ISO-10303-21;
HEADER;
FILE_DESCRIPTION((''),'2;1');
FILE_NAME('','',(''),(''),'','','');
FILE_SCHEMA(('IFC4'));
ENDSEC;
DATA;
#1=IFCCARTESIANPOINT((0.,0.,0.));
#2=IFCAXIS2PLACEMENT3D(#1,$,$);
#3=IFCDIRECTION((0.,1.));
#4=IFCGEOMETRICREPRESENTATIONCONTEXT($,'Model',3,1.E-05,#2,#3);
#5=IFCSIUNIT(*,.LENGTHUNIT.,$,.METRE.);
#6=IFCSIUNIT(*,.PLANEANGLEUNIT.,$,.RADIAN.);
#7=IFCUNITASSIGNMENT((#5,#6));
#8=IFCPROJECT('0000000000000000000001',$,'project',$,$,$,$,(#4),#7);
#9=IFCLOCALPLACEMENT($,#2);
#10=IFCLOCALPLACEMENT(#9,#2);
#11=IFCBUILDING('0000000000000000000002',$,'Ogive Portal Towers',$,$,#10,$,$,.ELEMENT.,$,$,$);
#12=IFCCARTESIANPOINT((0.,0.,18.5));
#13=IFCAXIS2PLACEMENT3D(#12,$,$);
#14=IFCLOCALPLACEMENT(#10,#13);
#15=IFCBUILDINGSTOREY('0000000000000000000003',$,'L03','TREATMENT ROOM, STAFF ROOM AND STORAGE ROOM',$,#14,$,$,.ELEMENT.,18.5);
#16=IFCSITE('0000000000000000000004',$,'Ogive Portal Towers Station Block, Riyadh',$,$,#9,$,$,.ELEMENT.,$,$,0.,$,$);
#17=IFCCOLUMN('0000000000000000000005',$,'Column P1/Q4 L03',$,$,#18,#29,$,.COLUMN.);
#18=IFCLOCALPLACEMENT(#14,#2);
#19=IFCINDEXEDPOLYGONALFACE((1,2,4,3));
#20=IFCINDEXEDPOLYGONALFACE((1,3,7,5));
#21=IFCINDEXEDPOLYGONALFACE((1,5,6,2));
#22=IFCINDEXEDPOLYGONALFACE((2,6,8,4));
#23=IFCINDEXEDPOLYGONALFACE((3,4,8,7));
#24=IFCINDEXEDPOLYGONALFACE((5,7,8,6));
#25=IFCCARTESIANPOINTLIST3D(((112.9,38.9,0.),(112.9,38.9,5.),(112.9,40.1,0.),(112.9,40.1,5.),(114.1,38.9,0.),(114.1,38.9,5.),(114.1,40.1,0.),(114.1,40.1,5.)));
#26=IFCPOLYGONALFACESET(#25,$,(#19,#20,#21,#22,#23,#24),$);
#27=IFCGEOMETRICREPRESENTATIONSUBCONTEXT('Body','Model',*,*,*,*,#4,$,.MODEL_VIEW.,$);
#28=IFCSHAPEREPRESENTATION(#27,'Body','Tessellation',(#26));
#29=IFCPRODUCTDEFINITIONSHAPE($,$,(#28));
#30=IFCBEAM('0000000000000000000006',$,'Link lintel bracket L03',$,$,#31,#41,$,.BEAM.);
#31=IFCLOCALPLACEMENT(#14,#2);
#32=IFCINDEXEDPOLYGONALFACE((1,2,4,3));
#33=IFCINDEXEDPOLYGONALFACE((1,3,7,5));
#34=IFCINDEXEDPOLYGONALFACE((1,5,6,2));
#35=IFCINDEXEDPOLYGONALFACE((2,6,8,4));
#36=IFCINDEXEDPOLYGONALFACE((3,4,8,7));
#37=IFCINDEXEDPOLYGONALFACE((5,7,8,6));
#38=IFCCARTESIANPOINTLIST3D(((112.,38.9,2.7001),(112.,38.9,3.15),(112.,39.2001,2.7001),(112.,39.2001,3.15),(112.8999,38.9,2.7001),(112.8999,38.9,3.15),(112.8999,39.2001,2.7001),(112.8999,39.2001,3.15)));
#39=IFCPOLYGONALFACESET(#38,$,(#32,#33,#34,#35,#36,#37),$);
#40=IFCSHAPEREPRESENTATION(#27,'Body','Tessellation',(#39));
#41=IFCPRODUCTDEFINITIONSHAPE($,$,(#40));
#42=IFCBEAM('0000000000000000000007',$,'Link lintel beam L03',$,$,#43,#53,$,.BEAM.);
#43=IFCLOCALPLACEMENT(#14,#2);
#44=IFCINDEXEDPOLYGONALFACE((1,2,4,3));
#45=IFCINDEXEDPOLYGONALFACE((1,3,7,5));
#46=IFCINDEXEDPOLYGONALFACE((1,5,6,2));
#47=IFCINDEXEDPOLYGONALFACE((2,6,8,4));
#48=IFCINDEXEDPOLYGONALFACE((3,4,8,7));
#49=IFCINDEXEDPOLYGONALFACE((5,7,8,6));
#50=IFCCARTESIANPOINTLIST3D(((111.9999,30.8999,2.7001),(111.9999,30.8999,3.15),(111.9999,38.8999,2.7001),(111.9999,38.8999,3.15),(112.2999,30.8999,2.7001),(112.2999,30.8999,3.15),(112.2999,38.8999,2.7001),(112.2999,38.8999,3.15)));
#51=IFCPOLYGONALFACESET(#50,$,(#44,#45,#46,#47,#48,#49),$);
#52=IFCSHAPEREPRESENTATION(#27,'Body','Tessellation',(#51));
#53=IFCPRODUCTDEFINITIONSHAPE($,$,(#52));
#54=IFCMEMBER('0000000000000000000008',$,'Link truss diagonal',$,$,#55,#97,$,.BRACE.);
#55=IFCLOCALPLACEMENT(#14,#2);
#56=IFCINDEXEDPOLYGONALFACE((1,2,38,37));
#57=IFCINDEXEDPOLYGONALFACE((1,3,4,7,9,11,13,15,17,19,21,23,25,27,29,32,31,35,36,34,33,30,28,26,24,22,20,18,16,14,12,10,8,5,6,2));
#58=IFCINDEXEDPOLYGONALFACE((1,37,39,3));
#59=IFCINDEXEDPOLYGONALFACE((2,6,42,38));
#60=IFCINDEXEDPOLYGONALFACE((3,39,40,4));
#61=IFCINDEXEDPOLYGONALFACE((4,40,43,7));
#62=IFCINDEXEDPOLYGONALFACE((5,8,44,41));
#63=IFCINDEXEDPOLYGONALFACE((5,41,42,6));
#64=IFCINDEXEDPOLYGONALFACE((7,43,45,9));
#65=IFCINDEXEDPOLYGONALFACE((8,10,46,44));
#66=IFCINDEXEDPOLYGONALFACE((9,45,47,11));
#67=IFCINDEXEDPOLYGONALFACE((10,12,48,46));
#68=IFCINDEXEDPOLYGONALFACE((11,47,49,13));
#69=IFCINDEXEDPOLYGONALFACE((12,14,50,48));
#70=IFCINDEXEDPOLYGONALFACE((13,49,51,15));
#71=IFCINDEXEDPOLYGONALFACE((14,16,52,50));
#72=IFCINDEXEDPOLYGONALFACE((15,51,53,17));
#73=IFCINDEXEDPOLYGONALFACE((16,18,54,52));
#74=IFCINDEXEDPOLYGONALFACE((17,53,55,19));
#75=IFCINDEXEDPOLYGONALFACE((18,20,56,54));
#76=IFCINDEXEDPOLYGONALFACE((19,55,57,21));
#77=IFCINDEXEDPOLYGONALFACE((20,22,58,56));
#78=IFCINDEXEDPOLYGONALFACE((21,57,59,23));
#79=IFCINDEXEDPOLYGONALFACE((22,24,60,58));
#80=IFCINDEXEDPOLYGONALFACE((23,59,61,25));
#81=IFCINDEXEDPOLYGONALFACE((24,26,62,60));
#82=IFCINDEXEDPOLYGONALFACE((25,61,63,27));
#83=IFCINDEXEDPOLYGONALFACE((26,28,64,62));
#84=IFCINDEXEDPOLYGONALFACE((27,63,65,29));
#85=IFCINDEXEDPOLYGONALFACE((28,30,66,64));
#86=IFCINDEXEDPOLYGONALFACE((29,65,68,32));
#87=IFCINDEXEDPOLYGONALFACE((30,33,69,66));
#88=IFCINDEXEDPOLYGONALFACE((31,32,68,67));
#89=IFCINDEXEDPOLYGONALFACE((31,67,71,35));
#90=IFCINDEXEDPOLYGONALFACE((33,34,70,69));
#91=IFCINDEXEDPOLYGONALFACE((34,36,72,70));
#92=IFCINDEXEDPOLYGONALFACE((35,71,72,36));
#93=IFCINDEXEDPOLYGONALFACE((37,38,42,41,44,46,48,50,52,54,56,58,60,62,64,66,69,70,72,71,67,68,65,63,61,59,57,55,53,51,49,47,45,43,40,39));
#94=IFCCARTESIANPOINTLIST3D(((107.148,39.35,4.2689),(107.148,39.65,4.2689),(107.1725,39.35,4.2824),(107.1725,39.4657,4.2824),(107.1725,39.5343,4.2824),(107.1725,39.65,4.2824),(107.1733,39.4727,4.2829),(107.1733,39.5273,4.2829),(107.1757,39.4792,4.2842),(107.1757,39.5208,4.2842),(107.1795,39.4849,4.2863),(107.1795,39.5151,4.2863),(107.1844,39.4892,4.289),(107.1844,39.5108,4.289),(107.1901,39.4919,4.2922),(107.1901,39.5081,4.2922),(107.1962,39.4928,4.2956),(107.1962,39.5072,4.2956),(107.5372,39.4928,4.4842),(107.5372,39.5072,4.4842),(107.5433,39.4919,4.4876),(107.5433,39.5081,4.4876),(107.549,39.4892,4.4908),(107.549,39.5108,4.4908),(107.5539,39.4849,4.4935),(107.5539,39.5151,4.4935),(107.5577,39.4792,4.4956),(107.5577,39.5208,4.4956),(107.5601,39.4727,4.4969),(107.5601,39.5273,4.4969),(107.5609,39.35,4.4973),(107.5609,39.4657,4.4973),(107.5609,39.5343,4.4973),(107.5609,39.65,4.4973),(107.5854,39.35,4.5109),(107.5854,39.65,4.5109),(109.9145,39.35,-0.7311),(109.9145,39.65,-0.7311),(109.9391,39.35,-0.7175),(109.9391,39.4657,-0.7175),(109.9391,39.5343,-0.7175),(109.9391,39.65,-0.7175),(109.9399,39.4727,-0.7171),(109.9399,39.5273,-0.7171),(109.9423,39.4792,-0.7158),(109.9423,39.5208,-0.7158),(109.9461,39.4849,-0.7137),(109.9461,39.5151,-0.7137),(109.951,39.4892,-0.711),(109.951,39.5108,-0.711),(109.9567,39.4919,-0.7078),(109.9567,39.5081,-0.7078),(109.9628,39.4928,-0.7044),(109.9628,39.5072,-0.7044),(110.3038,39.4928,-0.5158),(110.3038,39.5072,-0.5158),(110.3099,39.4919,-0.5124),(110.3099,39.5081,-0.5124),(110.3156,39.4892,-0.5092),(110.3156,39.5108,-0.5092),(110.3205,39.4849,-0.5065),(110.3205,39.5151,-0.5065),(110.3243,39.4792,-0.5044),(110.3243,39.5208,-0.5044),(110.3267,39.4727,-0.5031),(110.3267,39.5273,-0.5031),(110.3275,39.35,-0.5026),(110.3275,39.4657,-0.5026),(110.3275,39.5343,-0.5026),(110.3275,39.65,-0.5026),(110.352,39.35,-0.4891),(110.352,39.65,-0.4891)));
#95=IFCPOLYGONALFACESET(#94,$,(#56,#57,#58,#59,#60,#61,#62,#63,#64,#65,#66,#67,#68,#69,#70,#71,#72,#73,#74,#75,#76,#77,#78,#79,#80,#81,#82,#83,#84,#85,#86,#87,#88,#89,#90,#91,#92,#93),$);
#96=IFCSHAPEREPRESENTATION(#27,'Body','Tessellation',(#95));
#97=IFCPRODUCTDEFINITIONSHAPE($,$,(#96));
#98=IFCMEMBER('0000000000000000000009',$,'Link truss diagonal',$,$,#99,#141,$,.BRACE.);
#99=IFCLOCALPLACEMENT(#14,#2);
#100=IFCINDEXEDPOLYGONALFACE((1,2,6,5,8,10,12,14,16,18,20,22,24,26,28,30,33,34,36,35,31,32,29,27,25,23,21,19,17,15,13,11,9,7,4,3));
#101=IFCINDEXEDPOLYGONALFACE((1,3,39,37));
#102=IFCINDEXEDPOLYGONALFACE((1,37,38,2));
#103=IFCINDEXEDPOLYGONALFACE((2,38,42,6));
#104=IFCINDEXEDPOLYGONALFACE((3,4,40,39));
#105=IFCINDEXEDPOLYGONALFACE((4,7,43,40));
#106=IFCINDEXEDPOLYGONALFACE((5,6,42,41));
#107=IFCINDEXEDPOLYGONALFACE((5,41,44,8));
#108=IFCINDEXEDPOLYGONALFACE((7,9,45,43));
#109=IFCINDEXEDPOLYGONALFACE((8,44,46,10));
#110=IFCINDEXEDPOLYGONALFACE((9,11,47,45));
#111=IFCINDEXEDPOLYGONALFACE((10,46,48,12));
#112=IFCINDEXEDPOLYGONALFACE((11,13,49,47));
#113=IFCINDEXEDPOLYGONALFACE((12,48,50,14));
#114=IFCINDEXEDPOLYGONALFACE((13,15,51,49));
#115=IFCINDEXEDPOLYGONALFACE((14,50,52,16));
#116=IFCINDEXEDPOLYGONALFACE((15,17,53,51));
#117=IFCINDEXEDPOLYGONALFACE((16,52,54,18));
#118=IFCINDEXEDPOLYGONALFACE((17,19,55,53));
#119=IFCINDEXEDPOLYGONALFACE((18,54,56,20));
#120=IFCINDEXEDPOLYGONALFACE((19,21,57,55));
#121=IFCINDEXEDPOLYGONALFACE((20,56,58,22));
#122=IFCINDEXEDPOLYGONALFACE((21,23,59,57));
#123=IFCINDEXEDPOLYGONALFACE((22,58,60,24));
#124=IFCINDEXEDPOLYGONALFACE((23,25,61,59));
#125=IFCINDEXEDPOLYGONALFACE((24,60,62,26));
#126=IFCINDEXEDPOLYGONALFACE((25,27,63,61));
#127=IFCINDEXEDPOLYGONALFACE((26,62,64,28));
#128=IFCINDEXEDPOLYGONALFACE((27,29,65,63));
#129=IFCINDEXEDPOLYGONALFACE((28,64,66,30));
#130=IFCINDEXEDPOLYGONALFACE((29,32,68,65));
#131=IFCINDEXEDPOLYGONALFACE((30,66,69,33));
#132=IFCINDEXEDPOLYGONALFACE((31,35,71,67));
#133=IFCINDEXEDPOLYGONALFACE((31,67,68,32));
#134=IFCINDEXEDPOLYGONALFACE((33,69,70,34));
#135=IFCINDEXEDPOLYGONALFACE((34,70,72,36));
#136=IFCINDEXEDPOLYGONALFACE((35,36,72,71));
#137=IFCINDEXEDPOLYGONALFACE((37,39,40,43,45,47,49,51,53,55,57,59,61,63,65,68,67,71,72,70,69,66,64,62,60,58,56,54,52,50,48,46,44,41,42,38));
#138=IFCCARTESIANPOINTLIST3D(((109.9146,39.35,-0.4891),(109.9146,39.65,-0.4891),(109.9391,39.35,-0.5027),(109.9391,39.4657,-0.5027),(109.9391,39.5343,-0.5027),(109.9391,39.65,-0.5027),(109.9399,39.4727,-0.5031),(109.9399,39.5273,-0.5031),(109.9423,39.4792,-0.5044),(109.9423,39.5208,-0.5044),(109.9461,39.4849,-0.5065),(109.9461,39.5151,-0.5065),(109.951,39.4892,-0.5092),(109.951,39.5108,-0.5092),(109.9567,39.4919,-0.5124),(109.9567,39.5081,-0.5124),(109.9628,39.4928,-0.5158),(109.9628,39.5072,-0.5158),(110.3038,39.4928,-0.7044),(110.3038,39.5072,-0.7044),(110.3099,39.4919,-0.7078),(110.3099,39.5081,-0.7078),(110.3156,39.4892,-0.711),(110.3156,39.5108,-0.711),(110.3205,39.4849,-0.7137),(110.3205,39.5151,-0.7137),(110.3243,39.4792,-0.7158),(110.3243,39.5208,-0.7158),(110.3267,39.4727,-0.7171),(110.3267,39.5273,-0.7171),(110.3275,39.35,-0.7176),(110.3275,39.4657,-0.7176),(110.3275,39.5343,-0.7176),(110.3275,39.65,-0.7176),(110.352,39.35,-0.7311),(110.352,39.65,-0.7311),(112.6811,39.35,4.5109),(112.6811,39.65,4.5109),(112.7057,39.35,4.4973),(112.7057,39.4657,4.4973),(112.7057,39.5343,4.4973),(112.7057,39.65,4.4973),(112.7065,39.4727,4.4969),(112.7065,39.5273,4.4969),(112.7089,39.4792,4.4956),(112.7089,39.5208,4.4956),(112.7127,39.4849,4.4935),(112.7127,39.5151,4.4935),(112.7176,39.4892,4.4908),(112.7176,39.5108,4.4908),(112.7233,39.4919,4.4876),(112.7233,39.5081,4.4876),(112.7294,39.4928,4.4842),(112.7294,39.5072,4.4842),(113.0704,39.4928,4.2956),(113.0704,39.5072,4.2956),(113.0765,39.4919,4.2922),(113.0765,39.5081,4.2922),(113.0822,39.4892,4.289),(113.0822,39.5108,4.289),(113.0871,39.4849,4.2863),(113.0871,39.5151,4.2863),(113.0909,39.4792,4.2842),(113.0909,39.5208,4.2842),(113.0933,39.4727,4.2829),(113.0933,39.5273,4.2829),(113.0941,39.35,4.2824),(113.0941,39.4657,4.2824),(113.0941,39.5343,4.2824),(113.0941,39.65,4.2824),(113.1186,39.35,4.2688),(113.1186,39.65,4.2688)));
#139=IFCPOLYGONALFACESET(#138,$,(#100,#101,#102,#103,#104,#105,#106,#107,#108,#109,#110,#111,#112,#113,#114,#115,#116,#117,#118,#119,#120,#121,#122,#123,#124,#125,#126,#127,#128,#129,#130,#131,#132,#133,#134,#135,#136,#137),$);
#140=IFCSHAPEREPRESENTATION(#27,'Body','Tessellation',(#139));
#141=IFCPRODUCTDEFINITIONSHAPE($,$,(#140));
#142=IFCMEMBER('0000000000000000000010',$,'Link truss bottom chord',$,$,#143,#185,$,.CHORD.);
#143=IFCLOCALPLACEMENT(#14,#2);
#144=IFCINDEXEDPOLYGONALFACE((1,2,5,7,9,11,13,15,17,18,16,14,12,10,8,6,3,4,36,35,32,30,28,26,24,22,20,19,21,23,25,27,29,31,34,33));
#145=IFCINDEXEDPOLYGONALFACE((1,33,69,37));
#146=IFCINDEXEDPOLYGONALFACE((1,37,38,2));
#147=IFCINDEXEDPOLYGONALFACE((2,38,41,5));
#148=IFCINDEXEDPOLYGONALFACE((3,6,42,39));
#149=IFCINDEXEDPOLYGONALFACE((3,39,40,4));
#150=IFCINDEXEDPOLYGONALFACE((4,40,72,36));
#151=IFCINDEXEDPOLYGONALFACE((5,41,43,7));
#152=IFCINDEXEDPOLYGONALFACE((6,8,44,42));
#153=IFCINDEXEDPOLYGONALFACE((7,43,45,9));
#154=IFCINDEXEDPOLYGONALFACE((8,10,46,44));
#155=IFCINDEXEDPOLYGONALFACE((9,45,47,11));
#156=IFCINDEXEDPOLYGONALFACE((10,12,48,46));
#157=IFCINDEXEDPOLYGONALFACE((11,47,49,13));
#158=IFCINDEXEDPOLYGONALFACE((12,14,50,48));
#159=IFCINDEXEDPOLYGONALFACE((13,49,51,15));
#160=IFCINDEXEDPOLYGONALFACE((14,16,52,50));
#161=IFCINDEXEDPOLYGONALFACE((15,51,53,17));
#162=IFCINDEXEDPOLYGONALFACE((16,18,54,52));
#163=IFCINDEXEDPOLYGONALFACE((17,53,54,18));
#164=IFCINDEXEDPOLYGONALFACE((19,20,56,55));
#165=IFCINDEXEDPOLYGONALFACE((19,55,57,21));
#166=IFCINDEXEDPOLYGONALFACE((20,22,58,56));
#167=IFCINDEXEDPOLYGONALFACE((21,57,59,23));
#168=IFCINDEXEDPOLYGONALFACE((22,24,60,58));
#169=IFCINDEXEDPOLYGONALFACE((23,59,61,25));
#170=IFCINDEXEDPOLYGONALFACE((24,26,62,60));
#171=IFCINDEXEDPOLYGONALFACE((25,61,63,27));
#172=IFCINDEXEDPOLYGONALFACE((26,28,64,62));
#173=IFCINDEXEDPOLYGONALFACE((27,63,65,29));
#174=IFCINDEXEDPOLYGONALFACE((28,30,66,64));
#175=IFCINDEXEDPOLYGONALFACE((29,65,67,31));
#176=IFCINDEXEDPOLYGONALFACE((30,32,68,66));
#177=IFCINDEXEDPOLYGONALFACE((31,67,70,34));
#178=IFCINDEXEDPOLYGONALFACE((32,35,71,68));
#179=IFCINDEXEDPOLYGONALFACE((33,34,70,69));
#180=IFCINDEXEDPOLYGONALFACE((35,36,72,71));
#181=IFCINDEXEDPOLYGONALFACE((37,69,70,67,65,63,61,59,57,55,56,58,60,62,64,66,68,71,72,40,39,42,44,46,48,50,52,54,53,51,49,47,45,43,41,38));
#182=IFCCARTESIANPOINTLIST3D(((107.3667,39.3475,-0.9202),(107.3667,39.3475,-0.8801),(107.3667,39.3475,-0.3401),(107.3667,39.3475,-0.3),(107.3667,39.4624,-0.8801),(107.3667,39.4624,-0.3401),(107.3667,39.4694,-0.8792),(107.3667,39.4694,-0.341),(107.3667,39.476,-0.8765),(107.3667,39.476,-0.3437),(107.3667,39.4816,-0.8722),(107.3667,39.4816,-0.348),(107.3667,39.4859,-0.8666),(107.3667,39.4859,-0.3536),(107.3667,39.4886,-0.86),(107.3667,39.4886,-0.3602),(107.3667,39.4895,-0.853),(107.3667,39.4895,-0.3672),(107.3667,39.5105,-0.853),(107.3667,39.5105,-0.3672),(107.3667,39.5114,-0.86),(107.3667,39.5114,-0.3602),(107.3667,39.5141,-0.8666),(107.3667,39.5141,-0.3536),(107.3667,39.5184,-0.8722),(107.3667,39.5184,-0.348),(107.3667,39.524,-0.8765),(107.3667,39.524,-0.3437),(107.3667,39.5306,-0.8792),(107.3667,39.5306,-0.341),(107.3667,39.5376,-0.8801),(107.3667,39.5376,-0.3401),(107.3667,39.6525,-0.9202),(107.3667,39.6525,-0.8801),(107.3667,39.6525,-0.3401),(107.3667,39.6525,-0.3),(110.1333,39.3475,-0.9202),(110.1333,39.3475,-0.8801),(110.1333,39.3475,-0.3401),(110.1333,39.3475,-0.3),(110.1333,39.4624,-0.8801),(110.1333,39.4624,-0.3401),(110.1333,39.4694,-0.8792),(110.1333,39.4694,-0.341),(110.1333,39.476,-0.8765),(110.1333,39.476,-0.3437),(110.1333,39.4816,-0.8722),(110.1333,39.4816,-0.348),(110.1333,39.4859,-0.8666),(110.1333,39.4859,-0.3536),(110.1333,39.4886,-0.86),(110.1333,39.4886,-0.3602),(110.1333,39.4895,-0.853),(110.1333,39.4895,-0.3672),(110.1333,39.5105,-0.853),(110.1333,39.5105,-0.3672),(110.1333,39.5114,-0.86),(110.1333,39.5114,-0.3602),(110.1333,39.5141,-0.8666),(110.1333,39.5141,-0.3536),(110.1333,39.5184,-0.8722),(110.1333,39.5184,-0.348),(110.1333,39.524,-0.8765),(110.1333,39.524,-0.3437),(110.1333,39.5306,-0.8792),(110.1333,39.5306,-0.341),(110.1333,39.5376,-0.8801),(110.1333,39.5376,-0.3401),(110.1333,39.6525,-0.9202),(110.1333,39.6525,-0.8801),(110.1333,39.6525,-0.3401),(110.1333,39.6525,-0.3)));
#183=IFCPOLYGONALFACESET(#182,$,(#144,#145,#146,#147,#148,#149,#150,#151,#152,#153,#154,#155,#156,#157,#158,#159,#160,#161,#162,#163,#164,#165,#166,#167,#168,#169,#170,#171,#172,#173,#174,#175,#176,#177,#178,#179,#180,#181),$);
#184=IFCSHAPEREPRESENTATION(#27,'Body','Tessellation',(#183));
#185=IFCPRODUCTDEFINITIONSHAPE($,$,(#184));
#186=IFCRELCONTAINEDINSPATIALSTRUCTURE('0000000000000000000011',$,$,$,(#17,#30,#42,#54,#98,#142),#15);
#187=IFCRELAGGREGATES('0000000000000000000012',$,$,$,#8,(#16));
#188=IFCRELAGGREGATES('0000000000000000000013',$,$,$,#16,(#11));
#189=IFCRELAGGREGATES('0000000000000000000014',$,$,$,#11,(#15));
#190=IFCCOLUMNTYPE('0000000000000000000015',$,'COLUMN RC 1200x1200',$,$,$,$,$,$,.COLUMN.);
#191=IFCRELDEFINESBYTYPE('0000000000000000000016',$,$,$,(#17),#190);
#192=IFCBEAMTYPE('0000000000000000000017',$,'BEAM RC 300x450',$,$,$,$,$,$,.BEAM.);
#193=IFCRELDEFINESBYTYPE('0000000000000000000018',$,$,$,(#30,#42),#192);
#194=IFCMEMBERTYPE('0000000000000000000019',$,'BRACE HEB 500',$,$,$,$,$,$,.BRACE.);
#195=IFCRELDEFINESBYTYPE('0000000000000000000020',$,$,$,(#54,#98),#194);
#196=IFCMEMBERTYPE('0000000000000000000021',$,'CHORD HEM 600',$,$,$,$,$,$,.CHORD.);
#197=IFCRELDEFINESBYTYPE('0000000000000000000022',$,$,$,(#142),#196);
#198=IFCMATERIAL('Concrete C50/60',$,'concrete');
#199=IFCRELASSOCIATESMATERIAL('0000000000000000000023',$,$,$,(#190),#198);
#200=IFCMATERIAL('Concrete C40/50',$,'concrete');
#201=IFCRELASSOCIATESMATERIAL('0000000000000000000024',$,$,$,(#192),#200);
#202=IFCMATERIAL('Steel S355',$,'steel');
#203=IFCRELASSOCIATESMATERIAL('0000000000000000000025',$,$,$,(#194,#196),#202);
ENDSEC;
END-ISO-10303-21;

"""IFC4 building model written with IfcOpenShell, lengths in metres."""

from ifc_helpers import new_model, si_unit, direction, frame, origin, origin_2d, place, context, subcontext, project, spatial, rectangle, i_section, extrude, material, material_profile, profile_set, type_object, element, save


model = new_model("IFC4")

# Units and contexts
model_context = context("Model", 3, precision=1e-05, world=origin(), true_north=direction((0.0, 1.0)))
body_context = subcontext(model_context, "Body", "Model", "MODEL_VIEW")
ifc_project = project(units=[si_unit("LENGTHUNIT", "METRE"), si_unit("PLANEANGLEUNIT", "RADIAN")], contexts=[model_context])

# Site, building, storey
site_placement = place(None, origin())
site = spatial("IfcSite", under=ifc_project, at=site_placement, Name="Ogive Portal Towers Station Block, Riyadh", CompositionType="ELEMENT", RefElevation=0.0)
building_placement = place(site_placement, origin())
building = spatial("IfcBuilding", under=site, at=building_placement, Name="Ogive Portal Towers", CompositionType="ELEMENT")
storey_placement = place(building_placement, frame((0.0, 0.0, 18.5)))
storey = spatial("IfcBuildingStorey", under=building, at=storey_placement, Name="L03", Description="TREATMENT ROOM, STAFF ROOM AND STORAGE ROOM", CompositionType="ELEMENT", Elevation=18.5)

# Column
ifc_material_1 = material(Name="Concrete C50/60", Category="concrete")
ifc_material_profile_1 = material_profile(ifc_material_1, rectangle(XDim=1.2, YDim=1.2, at=origin_2d()), Name="RC 1200x1200")
ifc_profile_set_1 = profile_set([ifc_material_profile_1], Name="Concrete C50/60")
column_type = type_object("IfcColumnType", Name="COLUMN RC 1200x1200", PredefinedType="COLUMN", material=ifc_profile_set_1)
column_placement = place(storey_placement, frame((113.5, 39.5, 0.0), z_axis=(0.0, 0.0, 1.0), x_axis=(1.0, 0.0, 0.0)))
element("IfcColumn", 1, at=column_placement, inside=storey, type_object=column_type, Name="Column P1/Q4 L03", PredefinedType="COLUMN", context=body_context, shape_type="SweptSolid", body=[
    extrude(rectangle(XDim=1.2, YDim=1.2, at=origin_2d()), origin(), (0.0, 0.0, 1.0), 5.0),
])

# Beams
ifc_material_2 = material(Name="Concrete C40/50", Category="concrete")
ifc_material_profile_2 = material_profile(ifc_material_2, rectangle(XDim=0.3, YDim=0.45, at=origin_2d()), Name="RC 300x450")
ifc_profile_set_2 = profile_set([ifc_material_profile_2], Name="Concrete C40/50")
beam_type_1 = type_object("IfcBeamType", Name="BEAM RC 300x450", PredefinedType="BEAM", material=ifc_profile_set_2)
beam_1_placement = place(storey_placement, frame((112.8999, 39.05, 2.925), z_axis=(-1.0, 0.0, 0.0), x_axis=(0.0, -1.0, 0.0)))
element("IfcBeam", 2, at=beam_1_placement, inside=storey, type_object=beam_type_1, Name="Link lintel bracket L03", PredefinedType="BEAM", context=body_context, shape_type="SweptSolid", body=[
    extrude(rectangle(XDim=0.3, YDim=0.45, at=origin_2d()), origin(), (0.0, 0.0, 1.0), 0.8999),
])
beam_2_placement = place(storey_placement, frame((112.1499, 38.8999, 2.925), z_axis=(0.0, -1.0, 0.0), x_axis=(1.0, 0.0, 0.0)))
element("IfcBeam", 3, at=beam_2_placement, inside=storey, type_object=beam_type_1, Name="Link lintel beam L03", PredefinedType="BEAM", context=body_context, shape_type="SweptSolid", body=[
    extrude(rectangle(XDim=0.3, YDim=0.45, at=origin_2d()), origin(), (0.0, 0.0, 1.0), 8.0),
])

# Members
ifc_material_3 = material(Name="Steel S355", Category="steel")
ifc_material_profile_3 = material_profile(ifc_material_3, i_section(OverallWidth=0.3, OverallDepth=0.5, WebThickness=0.0144, FlangeThickness=0.0281, FilletRadius=0.0271, at=origin_2d()), Name="HEB 500")
ifc_profile_set_3 = profile_set([ifc_material_profile_3], Name="Steel S355")
member_type_1 = type_object("IfcMemberType", Name="BRACE HEB 500", PredefinedType="BRACE", material=ifc_profile_set_3)
for number, where, z_axis, x_axis, name in (
    (4, (107.3667, 39.5, 4.3899), (0.484148, 0.0, -0.874986), (0.0, 1.0, 0.0), "Link truss diagonal"),
    (5, (110.1333, 39.5, -0.6101), (0.484148, 0.0, 0.874986), (0.0, 1.0, 0.0), "Link truss diagonal"),
):
    element("IfcMember", number, at=place(storey_placement, frame(where, z_axis=z_axis, x_axis=x_axis)), inside=storey, type_object=member_type_1, Name=name, PredefinedType="BRACE", context=body_context, shape_type="SweptSolid", body=[
        extrude(i_section(OverallWidth=0.3, OverallDepth=0.5, WebThickness=0.0144, FlangeThickness=0.0281, FilletRadius=0.0271, at=origin_2d()), origin(), (0.0, 0.0, 1.0), 5.7144),
    ])
ifc_material_profile_4 = material_profile(ifc_material_3, i_section(OverallWidth=0.3049, OverallDepth=0.6201, WebThickness=0.021, FlangeThickness=0.04, FilletRadius=0.0271, at=origin_2d()), Name="HEM 600")
ifc_profile_set_4 = profile_set([ifc_material_profile_4], Name="Steel S355")
member_type_2 = type_object("IfcMemberType", Name="CHORD HEM 600", PredefinedType="CHORD", material=ifc_profile_set_4)
for number, where, z_axis, x_axis, name in (
    (6, (107.3667, 39.5, -0.6101), (1.0, 0.0, 0.0), (0.0, 1.0, 0.0), "Link truss bottom chord"),
):
    element("IfcMember", number, at=place(storey_placement, frame(where, z_axis=z_axis, x_axis=x_axis)), inside=storey, type_object=member_type_2, Name=name, PredefinedType="CHORD", context=body_context, shape_type="SweptSolid", body=[
        extrude(i_section(OverallWidth=0.3049, OverallDepth=0.6201, WebThickness=0.021, FlangeThickness=0.04, FilletRadius=0.0271, at=origin_2d()), origin(), (0.0, 0.0, 1.0), 2.7666),
    ])

save(model, "model.ifc")
